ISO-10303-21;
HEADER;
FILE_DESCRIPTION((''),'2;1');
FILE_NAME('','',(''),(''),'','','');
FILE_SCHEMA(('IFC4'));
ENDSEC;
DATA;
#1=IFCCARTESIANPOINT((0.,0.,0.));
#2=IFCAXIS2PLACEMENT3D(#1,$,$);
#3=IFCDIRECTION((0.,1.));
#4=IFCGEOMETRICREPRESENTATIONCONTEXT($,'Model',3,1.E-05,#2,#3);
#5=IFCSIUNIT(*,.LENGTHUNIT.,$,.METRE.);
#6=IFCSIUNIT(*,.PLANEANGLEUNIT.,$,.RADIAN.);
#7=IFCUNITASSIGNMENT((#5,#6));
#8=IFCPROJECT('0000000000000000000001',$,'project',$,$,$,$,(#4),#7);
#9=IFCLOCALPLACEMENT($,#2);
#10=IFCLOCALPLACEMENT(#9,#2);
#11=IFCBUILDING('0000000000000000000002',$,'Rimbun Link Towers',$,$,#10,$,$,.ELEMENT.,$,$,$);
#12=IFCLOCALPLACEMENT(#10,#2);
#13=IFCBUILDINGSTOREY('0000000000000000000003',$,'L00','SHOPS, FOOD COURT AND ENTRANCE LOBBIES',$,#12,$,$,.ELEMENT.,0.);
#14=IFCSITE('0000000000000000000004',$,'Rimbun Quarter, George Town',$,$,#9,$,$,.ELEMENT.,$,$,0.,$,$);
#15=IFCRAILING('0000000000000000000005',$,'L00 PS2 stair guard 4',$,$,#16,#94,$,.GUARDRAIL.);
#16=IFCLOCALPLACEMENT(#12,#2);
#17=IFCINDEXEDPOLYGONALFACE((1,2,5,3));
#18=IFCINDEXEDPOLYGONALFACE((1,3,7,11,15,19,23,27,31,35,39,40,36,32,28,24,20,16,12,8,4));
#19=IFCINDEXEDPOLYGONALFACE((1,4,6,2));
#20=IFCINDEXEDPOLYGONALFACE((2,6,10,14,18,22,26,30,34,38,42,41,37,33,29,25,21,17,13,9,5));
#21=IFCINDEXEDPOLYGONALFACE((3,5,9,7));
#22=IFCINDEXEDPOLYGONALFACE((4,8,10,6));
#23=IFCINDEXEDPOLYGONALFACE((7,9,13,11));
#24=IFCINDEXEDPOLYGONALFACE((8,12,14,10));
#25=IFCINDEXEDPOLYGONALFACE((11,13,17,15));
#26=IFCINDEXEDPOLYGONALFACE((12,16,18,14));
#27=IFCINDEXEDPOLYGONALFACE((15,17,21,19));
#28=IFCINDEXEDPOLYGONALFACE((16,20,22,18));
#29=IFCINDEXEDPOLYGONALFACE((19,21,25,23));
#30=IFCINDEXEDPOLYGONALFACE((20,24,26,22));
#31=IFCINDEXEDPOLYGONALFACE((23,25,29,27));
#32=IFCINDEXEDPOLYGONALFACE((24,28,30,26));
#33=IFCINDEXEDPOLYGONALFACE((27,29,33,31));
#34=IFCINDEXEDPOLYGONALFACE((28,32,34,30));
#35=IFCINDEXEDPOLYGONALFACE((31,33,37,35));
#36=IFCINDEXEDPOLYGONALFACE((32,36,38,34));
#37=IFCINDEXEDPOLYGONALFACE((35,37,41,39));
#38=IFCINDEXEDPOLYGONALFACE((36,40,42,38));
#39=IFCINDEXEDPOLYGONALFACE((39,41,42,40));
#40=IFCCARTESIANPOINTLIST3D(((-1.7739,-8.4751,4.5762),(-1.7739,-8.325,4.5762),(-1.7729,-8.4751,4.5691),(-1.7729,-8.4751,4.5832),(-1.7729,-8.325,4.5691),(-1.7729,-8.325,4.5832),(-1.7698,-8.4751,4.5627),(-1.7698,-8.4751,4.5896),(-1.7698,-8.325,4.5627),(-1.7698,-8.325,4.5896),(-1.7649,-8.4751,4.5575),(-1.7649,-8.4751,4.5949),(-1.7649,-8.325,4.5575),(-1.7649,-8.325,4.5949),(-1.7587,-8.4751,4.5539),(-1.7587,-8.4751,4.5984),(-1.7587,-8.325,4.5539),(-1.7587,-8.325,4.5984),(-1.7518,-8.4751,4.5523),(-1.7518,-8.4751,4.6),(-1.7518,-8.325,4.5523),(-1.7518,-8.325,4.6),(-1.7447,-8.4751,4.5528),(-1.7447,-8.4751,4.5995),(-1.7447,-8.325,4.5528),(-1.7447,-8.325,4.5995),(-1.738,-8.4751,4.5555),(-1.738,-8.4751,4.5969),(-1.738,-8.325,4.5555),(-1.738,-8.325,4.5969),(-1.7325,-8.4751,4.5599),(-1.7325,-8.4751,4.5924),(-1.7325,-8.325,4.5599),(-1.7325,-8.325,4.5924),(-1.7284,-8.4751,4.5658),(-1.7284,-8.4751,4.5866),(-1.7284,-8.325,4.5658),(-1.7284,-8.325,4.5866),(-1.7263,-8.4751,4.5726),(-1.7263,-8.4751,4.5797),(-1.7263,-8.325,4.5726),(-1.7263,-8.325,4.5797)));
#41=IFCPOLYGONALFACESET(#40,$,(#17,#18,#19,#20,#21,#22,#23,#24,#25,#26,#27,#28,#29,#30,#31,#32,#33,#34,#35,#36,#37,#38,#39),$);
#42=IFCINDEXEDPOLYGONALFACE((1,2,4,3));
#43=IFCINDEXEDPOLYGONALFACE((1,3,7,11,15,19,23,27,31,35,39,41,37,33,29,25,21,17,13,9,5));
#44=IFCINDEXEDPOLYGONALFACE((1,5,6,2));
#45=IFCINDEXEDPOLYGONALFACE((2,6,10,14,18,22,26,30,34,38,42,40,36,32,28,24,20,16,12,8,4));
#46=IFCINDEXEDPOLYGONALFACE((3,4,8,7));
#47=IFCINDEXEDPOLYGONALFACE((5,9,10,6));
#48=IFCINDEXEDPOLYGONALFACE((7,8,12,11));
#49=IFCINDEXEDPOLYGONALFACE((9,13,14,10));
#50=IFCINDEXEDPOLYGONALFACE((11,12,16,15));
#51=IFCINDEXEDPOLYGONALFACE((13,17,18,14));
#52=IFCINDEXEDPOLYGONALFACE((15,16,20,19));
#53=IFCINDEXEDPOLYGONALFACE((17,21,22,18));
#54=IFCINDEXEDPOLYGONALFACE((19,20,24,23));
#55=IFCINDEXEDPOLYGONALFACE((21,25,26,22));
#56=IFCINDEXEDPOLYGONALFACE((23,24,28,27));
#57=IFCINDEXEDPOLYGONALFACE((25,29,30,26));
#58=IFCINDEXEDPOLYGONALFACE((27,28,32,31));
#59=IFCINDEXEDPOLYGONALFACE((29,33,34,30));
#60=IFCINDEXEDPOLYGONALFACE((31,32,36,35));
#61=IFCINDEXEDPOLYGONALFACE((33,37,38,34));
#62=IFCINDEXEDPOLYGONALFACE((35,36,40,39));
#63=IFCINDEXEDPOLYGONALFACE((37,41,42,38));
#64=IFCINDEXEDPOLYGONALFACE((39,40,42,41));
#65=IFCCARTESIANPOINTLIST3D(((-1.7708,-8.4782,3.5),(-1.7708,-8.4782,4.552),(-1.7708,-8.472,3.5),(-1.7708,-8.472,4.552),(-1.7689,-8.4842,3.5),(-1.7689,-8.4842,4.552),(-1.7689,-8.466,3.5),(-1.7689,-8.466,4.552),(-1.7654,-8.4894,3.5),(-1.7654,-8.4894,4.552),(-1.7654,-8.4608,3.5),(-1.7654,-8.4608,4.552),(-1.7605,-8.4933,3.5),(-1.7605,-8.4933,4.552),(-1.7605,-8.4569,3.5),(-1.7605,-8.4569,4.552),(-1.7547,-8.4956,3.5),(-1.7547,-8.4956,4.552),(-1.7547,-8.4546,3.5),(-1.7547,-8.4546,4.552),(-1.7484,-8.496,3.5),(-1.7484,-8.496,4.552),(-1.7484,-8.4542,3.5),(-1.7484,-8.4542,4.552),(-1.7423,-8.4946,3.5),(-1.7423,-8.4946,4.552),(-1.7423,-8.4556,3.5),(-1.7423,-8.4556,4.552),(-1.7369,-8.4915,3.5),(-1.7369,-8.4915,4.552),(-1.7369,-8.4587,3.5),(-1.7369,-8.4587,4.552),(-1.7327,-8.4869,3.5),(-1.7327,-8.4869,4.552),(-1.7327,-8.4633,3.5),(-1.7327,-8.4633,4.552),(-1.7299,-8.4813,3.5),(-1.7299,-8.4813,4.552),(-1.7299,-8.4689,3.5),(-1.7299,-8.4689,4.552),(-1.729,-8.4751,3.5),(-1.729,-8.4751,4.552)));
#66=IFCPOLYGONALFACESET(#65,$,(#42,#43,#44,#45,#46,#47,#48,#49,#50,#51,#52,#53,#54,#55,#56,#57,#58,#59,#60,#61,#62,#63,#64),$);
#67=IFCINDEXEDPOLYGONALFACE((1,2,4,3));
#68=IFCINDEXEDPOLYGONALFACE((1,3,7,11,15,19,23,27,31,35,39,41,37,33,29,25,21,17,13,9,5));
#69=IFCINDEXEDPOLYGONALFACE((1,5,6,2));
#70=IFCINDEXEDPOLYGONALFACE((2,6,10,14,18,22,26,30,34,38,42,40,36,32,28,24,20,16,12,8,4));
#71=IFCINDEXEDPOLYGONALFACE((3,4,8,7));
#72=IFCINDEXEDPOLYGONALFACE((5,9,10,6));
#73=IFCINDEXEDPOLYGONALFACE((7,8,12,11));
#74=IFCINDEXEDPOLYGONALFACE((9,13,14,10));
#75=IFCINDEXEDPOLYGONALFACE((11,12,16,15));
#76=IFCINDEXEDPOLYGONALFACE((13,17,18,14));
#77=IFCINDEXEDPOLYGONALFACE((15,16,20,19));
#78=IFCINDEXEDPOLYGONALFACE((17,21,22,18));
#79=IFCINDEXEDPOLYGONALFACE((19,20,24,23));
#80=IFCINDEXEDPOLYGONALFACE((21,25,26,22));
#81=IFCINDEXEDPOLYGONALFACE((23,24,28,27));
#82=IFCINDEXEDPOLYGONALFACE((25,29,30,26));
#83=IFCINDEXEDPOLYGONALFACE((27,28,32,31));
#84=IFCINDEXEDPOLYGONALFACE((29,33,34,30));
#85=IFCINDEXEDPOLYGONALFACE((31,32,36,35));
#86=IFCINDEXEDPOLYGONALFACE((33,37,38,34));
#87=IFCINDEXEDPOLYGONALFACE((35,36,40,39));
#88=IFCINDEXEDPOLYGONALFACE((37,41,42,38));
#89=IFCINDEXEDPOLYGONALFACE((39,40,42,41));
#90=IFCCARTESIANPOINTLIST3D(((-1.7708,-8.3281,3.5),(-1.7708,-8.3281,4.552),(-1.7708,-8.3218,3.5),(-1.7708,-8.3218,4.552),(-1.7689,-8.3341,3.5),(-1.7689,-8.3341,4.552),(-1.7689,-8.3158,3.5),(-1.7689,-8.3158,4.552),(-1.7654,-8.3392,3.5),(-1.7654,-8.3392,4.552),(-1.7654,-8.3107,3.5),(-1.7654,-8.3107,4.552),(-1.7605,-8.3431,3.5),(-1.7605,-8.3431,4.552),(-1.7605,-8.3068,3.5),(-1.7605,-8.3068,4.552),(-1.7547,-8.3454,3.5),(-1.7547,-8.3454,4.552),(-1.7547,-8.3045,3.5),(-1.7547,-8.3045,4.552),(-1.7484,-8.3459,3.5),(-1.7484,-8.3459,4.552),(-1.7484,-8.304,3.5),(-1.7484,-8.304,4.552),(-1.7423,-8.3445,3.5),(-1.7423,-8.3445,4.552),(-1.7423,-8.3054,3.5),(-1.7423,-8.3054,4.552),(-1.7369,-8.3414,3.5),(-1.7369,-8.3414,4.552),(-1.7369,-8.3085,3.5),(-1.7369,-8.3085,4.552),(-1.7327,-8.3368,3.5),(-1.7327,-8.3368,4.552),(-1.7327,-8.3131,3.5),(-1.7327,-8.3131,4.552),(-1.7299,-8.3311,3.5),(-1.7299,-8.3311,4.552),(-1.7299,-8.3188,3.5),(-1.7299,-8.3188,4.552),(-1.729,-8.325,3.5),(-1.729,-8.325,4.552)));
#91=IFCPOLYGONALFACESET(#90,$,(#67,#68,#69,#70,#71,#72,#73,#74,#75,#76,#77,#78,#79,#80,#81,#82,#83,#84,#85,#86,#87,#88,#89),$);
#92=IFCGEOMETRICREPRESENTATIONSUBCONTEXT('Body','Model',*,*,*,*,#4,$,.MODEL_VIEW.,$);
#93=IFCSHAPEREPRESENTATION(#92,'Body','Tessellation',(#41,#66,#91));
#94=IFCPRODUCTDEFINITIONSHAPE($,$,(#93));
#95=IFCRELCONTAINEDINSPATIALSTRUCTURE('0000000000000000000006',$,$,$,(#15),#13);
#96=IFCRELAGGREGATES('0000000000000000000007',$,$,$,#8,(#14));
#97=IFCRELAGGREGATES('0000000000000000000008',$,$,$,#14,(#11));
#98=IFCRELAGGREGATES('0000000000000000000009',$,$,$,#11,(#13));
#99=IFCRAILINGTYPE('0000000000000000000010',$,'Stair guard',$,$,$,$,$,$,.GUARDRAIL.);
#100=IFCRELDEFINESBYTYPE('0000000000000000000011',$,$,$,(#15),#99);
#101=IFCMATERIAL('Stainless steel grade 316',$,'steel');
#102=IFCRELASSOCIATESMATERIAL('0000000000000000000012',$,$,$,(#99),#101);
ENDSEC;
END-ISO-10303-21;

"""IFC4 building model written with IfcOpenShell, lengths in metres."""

from ifc_helpers import new_model, si_unit, direction, frame, origin, origin_2d, place, context, subcontext, project, spatial, circle, extrude, material, type_object, element, save


model = new_model("IFC4")

# Units and contexts
model_context = context("Model", 3, precision=1e-05, world=origin(), true_north=direction((0.0, 1.0)))
body_context = subcontext(model_context, "Body", "Model", "MODEL_VIEW")
ifc_project = project(units=[si_unit("LENGTHUNIT", "METRE"), si_unit("PLANEANGLEUNIT", "RADIAN")], contexts=[model_context])

# Site, building, storey
site_placement = place(None, origin())
site = spatial("IfcSite", under=ifc_project, at=site_placement, Name="Rimbun Quarter, George Town", CompositionType="ELEMENT", RefElevation=0.0)
building_placement = place(site_placement, origin())
building = spatial("IfcBuilding", under=site, at=building_placement, Name="Rimbun Link Towers", CompositionType="ELEMENT")
storey_placement = place(building_placement, origin())
storey = spatial("IfcBuildingStorey", under=building, at=storey_placement, Name="L00", Description="SHOPS, FOOD COURT AND ENTRANCE LOBBIES", CompositionType="ELEMENT", Elevation=0.0)

# Railing
ifc_material_1 = material(Name="Stainless steel grade 316", Category="steel")
railing_type_1 = type_object("IfcRailingType", Name="Stair guard", PredefinedType="GUARDRAIL", material=ifc_material_1)
railing_1_placement = place(storey_placement, frame((-1.75, -8.4751, 3.5)))
element("IfcRailing", 1, at=railing_1_placement, inside=storey, type_object=railing_type_1, Name="L00 PS2 stair guard 4", PredefinedType="GUARDRAIL", context=body_context, shape_type="SweptSolid", body=[
    extrude(circle(Radius=0.0239, at=origin_2d()), frame((0.0, 0.0, 1.0762), z_axis=(0.0, 1.0, 0.0), x_axis=(-1.0, 0.0, 0.0)), (0.0, 0.0, 1.0), 0.1501),
    extrude(circle(Radius=0.021, at=origin_2d()), origin(), (0.0, 0.0, 1.0), 1.052),
    extrude(circle(Radius=0.021, at=origin_2d()), frame((0.0, 0.1501, 0.0)), (0.0, 0.0, 1.0), 1.052),
])

save(model, "model.ifc")
